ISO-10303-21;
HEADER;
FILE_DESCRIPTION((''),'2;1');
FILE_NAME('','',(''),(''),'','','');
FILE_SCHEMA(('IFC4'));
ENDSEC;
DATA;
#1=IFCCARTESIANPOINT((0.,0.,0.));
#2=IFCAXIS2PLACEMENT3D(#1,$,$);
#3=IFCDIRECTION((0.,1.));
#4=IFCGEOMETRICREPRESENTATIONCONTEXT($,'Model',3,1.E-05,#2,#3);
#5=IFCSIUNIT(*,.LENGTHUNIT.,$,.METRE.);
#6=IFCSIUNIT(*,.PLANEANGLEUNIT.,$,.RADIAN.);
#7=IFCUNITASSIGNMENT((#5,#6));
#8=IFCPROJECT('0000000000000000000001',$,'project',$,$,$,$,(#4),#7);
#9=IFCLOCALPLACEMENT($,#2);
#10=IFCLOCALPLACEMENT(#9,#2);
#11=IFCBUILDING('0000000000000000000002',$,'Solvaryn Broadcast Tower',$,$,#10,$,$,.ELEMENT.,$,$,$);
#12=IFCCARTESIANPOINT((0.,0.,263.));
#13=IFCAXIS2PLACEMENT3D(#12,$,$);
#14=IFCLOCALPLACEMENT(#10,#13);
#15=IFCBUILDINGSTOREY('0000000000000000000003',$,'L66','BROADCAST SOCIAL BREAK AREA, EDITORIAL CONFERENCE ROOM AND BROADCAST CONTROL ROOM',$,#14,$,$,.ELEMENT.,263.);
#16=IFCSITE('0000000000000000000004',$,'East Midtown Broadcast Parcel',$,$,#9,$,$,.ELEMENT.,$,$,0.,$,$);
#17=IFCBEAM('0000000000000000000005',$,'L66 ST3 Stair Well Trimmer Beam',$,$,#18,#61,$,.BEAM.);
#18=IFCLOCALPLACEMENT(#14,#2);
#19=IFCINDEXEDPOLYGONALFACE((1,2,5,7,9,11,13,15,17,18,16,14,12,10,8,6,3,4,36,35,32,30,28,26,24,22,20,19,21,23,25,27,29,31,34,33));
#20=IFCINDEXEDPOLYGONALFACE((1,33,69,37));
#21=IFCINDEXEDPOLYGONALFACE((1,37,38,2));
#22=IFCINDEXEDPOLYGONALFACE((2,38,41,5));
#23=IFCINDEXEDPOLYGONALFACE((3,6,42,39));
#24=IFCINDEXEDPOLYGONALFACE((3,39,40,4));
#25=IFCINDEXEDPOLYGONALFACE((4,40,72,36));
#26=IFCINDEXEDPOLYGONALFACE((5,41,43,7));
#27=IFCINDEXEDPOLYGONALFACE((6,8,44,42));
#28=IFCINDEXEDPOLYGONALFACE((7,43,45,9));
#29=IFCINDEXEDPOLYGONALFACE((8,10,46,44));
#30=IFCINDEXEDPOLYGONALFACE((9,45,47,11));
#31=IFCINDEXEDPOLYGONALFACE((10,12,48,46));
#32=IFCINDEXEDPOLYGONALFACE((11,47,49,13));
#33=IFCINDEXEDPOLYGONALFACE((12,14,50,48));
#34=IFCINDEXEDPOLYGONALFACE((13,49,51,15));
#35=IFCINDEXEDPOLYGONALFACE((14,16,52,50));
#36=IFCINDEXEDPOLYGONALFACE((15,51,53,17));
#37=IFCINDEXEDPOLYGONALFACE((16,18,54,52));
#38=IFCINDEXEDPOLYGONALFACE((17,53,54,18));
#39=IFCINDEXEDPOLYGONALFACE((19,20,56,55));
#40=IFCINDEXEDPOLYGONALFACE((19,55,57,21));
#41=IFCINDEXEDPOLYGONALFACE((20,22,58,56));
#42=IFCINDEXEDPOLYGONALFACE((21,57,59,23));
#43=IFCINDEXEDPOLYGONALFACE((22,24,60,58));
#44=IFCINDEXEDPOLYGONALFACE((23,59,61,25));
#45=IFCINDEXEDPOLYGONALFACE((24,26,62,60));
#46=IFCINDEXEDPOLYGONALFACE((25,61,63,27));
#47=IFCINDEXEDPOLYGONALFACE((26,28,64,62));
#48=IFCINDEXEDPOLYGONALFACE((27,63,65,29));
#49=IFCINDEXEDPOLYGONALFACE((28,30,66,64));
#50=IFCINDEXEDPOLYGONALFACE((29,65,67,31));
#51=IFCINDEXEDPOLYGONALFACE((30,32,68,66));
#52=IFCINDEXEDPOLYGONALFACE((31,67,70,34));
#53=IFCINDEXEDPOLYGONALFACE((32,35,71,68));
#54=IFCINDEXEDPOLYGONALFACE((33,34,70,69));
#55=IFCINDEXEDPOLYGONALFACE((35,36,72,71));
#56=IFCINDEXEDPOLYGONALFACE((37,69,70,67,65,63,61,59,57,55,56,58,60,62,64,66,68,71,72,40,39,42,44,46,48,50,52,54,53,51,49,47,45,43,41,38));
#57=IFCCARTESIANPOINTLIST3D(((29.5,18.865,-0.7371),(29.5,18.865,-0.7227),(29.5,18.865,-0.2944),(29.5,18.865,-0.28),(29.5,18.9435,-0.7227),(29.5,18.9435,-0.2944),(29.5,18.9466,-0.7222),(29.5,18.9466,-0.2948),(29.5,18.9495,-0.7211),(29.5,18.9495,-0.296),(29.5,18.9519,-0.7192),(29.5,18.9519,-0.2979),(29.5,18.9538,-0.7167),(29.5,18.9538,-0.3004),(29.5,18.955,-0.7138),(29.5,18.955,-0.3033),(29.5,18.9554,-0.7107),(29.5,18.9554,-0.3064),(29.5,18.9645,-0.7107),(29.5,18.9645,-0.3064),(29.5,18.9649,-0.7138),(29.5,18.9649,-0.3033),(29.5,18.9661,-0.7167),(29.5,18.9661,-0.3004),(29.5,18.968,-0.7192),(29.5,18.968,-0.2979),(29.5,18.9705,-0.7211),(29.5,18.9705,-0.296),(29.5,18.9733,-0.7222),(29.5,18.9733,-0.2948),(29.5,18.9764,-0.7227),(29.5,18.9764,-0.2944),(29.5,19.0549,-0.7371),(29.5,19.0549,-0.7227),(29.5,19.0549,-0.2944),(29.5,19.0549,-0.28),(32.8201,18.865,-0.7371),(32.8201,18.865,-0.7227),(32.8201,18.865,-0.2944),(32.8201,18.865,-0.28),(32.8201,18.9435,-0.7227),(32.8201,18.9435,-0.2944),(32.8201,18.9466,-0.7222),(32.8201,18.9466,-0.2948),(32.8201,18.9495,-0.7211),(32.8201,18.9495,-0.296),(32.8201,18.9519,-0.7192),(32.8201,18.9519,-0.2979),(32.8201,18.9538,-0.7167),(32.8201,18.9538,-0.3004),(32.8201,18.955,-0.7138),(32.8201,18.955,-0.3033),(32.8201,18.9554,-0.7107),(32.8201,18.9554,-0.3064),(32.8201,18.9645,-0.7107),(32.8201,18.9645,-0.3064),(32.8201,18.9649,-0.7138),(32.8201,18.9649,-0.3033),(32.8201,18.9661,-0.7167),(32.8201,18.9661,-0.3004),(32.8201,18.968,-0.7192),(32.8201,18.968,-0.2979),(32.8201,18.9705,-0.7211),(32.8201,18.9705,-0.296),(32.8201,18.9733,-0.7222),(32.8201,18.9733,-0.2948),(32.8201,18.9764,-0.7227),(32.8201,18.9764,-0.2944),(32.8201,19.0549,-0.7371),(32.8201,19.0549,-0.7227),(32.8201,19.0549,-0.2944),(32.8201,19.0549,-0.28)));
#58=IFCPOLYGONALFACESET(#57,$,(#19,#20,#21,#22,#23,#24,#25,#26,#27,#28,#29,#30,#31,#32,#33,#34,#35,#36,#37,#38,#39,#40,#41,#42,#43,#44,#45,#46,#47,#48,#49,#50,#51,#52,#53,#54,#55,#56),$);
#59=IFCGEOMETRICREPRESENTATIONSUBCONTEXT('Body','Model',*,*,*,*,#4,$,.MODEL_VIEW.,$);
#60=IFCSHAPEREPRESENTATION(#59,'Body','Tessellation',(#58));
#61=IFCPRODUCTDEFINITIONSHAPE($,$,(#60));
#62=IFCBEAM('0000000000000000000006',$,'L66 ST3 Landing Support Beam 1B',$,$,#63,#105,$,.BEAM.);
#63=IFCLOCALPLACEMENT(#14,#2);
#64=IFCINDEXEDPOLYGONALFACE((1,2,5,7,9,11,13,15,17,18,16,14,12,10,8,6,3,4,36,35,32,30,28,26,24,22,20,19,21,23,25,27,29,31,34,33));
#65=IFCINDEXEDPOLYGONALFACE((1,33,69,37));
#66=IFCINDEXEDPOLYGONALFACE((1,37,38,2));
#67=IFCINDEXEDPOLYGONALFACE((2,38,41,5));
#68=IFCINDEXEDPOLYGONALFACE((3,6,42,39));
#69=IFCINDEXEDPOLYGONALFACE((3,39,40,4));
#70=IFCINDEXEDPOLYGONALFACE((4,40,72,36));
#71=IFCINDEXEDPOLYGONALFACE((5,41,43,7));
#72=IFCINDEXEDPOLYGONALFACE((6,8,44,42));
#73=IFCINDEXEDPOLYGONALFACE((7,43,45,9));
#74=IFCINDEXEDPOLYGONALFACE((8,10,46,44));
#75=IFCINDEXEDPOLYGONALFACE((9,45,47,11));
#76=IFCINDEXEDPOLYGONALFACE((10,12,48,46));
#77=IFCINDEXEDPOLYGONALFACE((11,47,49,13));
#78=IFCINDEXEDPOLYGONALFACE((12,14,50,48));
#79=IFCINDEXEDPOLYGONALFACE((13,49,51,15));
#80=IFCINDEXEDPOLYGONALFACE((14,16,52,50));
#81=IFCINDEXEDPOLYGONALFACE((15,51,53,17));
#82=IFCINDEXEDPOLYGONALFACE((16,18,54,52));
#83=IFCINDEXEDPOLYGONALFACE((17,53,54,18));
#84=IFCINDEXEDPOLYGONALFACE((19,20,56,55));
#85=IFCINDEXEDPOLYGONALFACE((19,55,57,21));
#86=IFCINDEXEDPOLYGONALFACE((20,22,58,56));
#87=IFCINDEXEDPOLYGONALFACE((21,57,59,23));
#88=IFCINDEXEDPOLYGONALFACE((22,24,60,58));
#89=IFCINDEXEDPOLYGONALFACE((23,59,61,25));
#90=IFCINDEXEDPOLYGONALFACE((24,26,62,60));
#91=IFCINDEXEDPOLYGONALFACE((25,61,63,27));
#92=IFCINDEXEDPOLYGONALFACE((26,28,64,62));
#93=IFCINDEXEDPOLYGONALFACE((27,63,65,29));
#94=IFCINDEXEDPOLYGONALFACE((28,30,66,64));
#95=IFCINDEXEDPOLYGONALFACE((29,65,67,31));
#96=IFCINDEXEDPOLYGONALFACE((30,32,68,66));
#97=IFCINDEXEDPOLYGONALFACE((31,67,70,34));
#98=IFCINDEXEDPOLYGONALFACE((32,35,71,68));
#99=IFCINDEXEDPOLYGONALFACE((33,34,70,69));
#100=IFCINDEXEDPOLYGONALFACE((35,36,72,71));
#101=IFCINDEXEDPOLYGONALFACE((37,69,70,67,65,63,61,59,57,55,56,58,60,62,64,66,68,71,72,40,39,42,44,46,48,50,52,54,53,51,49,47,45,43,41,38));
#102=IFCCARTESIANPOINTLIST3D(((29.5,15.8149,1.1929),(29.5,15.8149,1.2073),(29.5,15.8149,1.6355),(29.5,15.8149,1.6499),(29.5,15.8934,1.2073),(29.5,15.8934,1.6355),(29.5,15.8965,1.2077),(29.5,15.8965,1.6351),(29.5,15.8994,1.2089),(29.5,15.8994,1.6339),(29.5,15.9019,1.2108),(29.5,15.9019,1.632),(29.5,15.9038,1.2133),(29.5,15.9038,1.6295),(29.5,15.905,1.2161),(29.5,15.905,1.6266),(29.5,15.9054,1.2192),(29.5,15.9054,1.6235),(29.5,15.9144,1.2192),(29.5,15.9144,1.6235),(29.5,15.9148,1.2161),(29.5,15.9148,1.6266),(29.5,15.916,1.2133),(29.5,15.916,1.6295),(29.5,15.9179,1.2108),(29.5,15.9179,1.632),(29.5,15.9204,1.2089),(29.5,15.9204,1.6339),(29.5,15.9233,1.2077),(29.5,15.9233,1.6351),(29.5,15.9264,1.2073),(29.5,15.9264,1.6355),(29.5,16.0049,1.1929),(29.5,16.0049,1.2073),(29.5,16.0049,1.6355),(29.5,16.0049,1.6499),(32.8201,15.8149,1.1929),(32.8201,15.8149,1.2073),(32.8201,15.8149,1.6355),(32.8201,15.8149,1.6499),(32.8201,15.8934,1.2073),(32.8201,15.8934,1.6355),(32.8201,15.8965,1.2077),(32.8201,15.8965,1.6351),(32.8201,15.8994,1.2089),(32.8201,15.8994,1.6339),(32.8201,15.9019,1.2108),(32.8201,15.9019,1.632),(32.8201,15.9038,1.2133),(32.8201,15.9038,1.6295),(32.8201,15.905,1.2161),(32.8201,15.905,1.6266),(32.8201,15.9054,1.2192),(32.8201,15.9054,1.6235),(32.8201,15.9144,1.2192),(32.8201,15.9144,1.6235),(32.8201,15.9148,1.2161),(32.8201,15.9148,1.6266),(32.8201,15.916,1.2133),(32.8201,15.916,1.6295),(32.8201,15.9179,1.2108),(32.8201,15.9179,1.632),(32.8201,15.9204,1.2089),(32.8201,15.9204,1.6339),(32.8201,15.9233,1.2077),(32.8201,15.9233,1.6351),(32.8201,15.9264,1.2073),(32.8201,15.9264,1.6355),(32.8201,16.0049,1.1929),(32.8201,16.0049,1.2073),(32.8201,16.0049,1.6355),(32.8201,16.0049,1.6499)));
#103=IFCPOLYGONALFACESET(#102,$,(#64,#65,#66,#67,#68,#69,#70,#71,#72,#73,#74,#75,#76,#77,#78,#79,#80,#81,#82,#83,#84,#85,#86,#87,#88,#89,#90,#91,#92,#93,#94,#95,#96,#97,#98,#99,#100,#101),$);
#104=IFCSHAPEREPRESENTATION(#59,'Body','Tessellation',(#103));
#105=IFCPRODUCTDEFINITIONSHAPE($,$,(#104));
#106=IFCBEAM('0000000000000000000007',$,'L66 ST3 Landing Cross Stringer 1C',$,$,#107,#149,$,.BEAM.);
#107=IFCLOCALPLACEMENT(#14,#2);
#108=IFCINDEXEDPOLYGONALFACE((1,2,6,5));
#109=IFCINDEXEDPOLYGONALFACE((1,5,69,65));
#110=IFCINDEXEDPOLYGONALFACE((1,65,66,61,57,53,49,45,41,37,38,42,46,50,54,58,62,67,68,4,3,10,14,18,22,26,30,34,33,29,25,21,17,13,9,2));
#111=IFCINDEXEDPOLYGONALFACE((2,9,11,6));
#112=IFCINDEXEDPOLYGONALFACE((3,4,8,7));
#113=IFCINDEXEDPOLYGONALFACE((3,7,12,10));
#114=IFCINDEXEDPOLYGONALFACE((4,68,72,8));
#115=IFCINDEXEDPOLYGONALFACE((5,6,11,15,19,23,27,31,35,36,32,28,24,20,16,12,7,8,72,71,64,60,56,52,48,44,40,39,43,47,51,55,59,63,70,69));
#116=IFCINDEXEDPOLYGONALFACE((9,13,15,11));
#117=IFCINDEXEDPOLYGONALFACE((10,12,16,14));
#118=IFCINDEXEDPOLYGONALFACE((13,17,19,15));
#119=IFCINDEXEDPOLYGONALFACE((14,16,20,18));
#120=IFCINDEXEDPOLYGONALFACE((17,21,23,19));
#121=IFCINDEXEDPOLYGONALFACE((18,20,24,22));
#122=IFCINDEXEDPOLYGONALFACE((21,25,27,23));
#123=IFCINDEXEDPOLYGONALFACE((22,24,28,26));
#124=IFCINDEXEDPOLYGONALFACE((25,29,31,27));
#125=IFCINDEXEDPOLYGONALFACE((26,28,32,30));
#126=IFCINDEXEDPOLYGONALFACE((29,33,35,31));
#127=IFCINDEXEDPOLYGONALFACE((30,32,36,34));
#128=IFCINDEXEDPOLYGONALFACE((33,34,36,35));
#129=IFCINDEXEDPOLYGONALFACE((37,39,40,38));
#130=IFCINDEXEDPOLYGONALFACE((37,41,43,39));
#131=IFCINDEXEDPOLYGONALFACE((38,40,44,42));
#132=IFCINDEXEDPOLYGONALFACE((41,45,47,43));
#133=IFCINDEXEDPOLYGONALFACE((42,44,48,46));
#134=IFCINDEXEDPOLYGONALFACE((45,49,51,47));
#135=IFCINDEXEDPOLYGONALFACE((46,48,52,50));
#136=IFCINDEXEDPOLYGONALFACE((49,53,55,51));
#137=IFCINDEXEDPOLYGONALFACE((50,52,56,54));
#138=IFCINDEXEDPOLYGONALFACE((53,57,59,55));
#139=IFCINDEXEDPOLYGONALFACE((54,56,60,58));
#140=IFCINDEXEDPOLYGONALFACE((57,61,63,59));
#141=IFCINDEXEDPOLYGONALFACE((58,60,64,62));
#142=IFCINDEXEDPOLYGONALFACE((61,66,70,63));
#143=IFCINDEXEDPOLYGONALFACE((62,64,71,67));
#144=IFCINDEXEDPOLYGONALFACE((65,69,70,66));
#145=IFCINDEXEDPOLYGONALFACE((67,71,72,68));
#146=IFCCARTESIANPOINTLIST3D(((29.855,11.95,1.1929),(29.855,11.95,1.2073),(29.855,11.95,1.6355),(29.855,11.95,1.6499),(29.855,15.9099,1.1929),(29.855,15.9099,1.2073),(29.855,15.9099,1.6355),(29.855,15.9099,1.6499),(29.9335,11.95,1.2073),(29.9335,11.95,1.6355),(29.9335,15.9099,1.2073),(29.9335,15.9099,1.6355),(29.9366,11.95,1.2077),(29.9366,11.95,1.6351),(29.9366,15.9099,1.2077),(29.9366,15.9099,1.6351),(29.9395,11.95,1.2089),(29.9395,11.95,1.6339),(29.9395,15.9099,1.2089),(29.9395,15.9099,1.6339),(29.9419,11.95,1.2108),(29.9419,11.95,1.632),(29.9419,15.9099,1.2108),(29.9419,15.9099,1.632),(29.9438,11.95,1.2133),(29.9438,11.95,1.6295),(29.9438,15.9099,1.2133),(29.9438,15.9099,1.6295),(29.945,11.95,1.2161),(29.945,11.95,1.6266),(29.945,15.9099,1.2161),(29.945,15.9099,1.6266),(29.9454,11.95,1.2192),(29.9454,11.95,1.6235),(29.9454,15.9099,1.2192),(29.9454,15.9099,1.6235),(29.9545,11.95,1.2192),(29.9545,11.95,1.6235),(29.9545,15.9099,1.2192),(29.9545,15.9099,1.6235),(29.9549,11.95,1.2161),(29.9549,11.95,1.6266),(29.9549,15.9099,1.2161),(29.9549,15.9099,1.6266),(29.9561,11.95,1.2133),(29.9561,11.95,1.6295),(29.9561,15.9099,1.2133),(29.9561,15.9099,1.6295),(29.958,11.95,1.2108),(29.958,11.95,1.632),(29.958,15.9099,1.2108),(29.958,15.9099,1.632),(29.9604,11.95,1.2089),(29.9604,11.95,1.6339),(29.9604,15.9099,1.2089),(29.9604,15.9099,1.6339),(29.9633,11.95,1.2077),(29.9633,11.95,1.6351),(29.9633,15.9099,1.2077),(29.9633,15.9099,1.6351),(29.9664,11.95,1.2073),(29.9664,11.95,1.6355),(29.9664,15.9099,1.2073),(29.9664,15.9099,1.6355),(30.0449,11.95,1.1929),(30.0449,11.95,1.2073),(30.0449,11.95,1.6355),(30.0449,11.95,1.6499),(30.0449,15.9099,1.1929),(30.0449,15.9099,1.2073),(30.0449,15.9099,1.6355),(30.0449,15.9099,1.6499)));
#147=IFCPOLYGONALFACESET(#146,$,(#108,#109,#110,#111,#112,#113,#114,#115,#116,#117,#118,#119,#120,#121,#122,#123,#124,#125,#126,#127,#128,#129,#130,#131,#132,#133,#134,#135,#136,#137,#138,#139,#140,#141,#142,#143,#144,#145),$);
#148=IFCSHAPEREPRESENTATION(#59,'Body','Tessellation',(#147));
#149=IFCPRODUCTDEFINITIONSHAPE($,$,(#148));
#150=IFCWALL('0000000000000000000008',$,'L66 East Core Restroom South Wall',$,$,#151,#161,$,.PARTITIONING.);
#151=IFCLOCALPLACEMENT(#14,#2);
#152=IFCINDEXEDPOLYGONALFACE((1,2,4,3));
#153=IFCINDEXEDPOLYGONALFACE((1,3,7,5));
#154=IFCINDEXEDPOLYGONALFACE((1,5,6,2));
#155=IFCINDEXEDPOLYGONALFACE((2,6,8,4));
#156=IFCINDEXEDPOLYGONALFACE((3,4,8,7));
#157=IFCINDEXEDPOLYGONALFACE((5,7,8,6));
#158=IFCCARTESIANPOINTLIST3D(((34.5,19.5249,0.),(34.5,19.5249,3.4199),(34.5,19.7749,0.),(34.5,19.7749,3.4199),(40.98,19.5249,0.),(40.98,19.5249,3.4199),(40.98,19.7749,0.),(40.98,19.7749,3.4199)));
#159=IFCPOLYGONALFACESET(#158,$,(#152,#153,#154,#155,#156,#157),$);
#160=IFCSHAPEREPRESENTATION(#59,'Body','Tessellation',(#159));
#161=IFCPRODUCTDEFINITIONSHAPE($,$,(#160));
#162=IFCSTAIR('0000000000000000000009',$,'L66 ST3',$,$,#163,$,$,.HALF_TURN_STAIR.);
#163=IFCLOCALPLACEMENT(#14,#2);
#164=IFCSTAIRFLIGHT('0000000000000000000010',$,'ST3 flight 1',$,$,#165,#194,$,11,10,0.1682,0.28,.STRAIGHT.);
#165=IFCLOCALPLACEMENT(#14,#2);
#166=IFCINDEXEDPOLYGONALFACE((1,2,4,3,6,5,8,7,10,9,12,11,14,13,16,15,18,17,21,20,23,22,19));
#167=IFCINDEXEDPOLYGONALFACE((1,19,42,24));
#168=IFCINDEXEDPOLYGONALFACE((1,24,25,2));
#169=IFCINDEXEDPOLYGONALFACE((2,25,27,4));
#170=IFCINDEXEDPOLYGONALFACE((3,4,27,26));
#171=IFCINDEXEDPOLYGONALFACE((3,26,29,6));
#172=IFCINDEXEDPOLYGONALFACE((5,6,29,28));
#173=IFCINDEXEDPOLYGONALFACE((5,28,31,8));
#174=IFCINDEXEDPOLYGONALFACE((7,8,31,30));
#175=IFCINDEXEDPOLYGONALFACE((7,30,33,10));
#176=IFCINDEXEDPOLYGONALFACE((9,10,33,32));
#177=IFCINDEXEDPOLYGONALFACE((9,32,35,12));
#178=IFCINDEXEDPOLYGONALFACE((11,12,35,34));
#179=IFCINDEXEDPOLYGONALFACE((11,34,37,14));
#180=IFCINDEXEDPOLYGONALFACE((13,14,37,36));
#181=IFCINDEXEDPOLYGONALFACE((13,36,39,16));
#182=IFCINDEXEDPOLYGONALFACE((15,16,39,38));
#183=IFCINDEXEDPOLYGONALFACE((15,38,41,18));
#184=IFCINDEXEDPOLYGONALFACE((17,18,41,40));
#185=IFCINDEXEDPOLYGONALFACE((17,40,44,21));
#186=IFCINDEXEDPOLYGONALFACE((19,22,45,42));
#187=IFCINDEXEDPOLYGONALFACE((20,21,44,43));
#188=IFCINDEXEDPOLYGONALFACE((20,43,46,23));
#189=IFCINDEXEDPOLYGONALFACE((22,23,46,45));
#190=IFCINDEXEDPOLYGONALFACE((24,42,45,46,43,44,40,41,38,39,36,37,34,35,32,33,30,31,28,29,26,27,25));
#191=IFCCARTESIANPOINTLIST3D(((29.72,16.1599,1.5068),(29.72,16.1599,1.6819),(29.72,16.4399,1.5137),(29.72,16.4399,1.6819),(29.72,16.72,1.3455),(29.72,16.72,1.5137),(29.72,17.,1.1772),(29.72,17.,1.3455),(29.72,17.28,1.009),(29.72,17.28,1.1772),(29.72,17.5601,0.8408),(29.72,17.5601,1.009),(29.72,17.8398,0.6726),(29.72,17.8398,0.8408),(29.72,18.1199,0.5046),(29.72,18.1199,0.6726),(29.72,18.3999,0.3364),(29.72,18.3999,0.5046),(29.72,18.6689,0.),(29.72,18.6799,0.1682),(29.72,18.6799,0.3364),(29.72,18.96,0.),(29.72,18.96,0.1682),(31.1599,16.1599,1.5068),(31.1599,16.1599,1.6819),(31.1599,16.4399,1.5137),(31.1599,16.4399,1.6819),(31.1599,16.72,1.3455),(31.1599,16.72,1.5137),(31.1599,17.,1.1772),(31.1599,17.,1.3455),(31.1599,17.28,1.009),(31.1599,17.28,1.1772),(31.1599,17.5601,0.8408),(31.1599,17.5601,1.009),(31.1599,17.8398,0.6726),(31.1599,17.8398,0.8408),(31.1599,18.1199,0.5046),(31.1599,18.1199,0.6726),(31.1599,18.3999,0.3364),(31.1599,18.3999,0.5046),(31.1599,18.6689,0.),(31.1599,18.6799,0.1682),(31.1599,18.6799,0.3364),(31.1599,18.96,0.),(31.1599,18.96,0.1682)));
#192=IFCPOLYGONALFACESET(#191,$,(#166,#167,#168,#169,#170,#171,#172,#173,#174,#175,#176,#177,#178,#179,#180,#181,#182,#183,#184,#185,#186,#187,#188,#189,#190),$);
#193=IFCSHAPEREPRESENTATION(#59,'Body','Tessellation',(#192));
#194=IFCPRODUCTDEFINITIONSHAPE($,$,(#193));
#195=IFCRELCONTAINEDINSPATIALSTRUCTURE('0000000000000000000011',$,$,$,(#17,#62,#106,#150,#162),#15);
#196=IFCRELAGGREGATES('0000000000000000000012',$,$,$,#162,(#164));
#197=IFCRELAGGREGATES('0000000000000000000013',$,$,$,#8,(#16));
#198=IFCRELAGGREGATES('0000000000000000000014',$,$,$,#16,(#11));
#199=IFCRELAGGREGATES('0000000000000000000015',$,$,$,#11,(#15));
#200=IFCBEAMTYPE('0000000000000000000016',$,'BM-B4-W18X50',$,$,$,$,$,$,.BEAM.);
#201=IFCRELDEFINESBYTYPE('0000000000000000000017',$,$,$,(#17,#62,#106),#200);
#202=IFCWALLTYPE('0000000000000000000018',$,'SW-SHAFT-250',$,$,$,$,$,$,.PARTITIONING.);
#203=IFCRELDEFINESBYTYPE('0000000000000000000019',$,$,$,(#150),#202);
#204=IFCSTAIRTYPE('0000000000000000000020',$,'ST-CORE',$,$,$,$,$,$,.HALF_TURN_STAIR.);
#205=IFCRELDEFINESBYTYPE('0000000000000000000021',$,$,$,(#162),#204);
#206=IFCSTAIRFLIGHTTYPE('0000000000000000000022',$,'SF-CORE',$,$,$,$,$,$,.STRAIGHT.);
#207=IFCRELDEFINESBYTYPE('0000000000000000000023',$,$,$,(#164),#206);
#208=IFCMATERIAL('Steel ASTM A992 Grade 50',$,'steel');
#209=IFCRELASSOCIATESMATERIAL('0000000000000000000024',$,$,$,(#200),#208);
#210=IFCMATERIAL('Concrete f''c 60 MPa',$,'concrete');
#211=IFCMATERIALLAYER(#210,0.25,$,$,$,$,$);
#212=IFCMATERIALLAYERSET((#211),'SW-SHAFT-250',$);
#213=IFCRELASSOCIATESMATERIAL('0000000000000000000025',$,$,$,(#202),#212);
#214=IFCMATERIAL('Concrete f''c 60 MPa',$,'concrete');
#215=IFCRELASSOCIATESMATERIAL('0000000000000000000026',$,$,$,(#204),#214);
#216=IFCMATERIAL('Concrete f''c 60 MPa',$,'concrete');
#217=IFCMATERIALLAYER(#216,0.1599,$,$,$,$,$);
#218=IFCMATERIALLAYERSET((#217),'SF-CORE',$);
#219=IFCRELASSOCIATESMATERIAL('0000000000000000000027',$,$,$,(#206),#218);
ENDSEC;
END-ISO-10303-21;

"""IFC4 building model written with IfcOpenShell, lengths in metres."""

from ifc_helpers import new_model, si_unit, direction, frame, frame_2d, origin, origin_2d, place, context, subcontext, project, spatial, polyline, rectangle, i_section, outline, extrude, material, layer, layer_set, material_profile, profile_set, type_object, element, aggregate, save


model = new_model("IFC4")

# Units and contexts
model_context = context("Model", 3, precision=1e-05, world=origin(), true_north=direction((0.0, 1.0)))
body_context = subcontext(model_context, "Body", "Model", "MODEL_VIEW")
ifc_project = project(units=[si_unit("LENGTHUNIT", "METRE"), si_unit("PLANEANGLEUNIT", "RADIAN")], contexts=[model_context])

# Site, building, storey
site_placement = place(None, origin())
site = spatial("IfcSite", under=ifc_project, at=site_placement, Name="East Midtown Broadcast Parcel", CompositionType="ELEMENT", RefElevation=0.0)
building_placement = place(site_placement, origin())
building = spatial("IfcBuilding", under=site, at=building_placement, Name="Solvaryn Broadcast Tower", CompositionType="ELEMENT")
storey_placement = place(building_placement, frame((0.0, 0.0, 263.0)))
storey = spatial("IfcBuildingStorey", under=building, at=storey_placement, Name="L66", Description="BROADCAST SOCIAL BREAK AREA, EDITORIAL CONFERENCE ROOM AND BROADCAST CONTROL ROOM", CompositionType="ELEMENT", Elevation=263.0)

# Beams
ifc_material_1 = material(Name="Steel ASTM A992 Grade 50", Category="steel")
ifc_material_profile_1 = material_profile(ifc_material_1, i_section(OverallWidth=0.1899, OverallDepth=0.457, WebThickness=0.009, FlangeThickness=0.0144, FilletRadius=0.012, at=origin_2d()))
ifc_profile_set_1 = profile_set([ifc_material_profile_1], Name="Steel ASTM A992 Grade 50")
beam_type_1 = type_object("IfcBeamType", Name="BM-B4-W18X50", PredefinedType="BEAM", material=ifc_profile_set_1)
for number, where, z_axis, x_axis, name in (
    (1, (29.5, 18.96, -0.5085), (1.0, 0.0, 0.0), (0.0, 1.0, 0.0), "L66 ST3 Stair Well Trimmer Beam"),
    (2, (29.5, 15.9099, 1.4214), (1.0, 0.0, 0.0), (0.0, 1.0, 0.0), "L66 ST3 Landing Support Beam 1B"),
):
    element("IfcBeam", number, at=place(storey_placement, frame(where, z_axis=z_axis, x_axis=x_axis)), inside=storey, type_object=beam_type_1, Name=name, PredefinedType="BEAM", context=body_context, shape_type="SweptSolid", body=[
        extrude(i_section(OverallWidth=0.1899, OverallDepth=0.457, WebThickness=0.009, FlangeThickness=0.0144, FilletRadius=0.012, at=origin_2d()), origin(), (0.0, 0.0, 1.0), 3.3201),
    ])
beam_1_placement = place(storey_placement, frame((29.95, 11.95, 1.4214), z_axis=(0.0, 1.0, 0.0), x_axis=(-1.0, 0.0, 0.0)))
element("IfcBeam", 3, at=beam_1_placement, inside=storey, type_object=beam_type_1, Name="L66 ST3 Landing Cross Stringer 1C", PredefinedType="BEAM", context=body_context, shape_type="SweptSolid", body=[
    extrude(i_section(OverallWidth=0.1899, OverallDepth=0.457, WebThickness=0.009, FlangeThickness=0.0144, FilletRadius=0.012, at=origin_2d()), origin(), (0.0, 0.0, 1.0), 3.96),
])

# Shared definitions
ifc_material_2 = material(Name="Concrete f'c 60 MPa", Category="concrete")
ifc_layer_1 = layer(ifc_material_2, 0.25)
ifc_layer_set_1 = layer_set([ifc_layer_1], Name="SW-SHAFT-250")
wall_type_1 = type_object("IfcWallType", Name="SW-SHAFT-250", PredefinedType="PARTITIONING", material=ifc_layer_set_1)

# Wall
wall_1_placement = place(storey_placement, frame((34.5, 19.6499, 0.0), z_axis=(0.0, 0.0, 1.0), x_axis=(1.0, 0.0, 0.0)))
element("IfcWall", 4, at=wall_1_placement, inside=storey, type_object=wall_type_1, Name="L66 East Core Restroom South Wall", PredefinedType="PARTITIONING", context=body_context, shape_type="SweptSolid", body=[
    extrude(rectangle(XDim=6.48, YDim=0.25, at=frame_2d((3.24, 0.0))), origin(), (0.0, 0.0, 1.0), 3.4199),
])

# Stair, stair flight
ifc_material_3 = material(Name="Concrete f'c 60 MPa", Category="concrete")
stair_type = type_object("IfcStairType", Name="ST-CORE", PredefinedType="HALF_TURN_STAIR", material=ifc_material_3)
stair_placement = place(storey_placement, origin())
stair = element("IfcStair", 5, at=stair_placement, inside=storey, type_object=stair_type, Name="L66 ST3", PredefinedType="HALF_TURN_STAIR")
ifc_material_4 = material(Name="Concrete f'c 60 MPa", Category="concrete")
ifc_layer_2 = layer(ifc_material_4, 0.1599)
ifc_layer_set_2 = layer_set([ifc_layer_2], Name="SF-CORE")
stair_flight_type = type_object("IfcStairFlightType", Name="SF-CORE", PredefinedType="STRAIGHT", material=ifc_layer_set_2)
stair_flight_1_placement = place(storey_placement, frame((30.4399, 18.96, 0.0), z_axis=(0.0, 0.0, 1.0), x_axis=(0.0, -1.0, 0.0)))
stair_flight_1 = element("IfcStairFlight", 6, at=stair_flight_1_placement, type_object=stair_flight_type, Name="ST3 flight 1", NumberOfRisers=11, NumberOfTreads=10, PredefinedType="STRAIGHT", RiserHeight=0.1682, TreadLength=0.28, context=body_context, shape_type="SweptSolid", body=[
    extrude(outline(polyline([(0.0, 0.0), (0.0, 0.1682), (0.28, 0.1682), (0.28, 0.3364), (0.5601, 0.3364), (0.5601, 0.5046), (0.8401, 0.5046), (0.8401, 0.6726), (1.1201, 0.6726), (1.1201, 0.8408), (1.3999, 0.8408), (1.3999, 1.009), (1.6799, 1.009), (1.6799, 1.1772), (1.96, 1.1772), (1.96, 1.3455), (2.24, 1.3455), (2.24, 1.5137), (2.52, 1.5137), (2.52, 1.6819), (2.8, 1.6819), (2.8, 1.8501), (2.8, 1.5068), (0.291, 0.0), (0.0, 0.0)])), frame((0.0, 0.72, 0.0), z_axis=(0.0, -1.0, 0.0), x_axis=(1.0, 0.0, 0.0)), (0.0, 0.0, 1.0), 1.4399),
])
aggregate(stair, [stair_flight_1])

save(model, "model.ifc")
